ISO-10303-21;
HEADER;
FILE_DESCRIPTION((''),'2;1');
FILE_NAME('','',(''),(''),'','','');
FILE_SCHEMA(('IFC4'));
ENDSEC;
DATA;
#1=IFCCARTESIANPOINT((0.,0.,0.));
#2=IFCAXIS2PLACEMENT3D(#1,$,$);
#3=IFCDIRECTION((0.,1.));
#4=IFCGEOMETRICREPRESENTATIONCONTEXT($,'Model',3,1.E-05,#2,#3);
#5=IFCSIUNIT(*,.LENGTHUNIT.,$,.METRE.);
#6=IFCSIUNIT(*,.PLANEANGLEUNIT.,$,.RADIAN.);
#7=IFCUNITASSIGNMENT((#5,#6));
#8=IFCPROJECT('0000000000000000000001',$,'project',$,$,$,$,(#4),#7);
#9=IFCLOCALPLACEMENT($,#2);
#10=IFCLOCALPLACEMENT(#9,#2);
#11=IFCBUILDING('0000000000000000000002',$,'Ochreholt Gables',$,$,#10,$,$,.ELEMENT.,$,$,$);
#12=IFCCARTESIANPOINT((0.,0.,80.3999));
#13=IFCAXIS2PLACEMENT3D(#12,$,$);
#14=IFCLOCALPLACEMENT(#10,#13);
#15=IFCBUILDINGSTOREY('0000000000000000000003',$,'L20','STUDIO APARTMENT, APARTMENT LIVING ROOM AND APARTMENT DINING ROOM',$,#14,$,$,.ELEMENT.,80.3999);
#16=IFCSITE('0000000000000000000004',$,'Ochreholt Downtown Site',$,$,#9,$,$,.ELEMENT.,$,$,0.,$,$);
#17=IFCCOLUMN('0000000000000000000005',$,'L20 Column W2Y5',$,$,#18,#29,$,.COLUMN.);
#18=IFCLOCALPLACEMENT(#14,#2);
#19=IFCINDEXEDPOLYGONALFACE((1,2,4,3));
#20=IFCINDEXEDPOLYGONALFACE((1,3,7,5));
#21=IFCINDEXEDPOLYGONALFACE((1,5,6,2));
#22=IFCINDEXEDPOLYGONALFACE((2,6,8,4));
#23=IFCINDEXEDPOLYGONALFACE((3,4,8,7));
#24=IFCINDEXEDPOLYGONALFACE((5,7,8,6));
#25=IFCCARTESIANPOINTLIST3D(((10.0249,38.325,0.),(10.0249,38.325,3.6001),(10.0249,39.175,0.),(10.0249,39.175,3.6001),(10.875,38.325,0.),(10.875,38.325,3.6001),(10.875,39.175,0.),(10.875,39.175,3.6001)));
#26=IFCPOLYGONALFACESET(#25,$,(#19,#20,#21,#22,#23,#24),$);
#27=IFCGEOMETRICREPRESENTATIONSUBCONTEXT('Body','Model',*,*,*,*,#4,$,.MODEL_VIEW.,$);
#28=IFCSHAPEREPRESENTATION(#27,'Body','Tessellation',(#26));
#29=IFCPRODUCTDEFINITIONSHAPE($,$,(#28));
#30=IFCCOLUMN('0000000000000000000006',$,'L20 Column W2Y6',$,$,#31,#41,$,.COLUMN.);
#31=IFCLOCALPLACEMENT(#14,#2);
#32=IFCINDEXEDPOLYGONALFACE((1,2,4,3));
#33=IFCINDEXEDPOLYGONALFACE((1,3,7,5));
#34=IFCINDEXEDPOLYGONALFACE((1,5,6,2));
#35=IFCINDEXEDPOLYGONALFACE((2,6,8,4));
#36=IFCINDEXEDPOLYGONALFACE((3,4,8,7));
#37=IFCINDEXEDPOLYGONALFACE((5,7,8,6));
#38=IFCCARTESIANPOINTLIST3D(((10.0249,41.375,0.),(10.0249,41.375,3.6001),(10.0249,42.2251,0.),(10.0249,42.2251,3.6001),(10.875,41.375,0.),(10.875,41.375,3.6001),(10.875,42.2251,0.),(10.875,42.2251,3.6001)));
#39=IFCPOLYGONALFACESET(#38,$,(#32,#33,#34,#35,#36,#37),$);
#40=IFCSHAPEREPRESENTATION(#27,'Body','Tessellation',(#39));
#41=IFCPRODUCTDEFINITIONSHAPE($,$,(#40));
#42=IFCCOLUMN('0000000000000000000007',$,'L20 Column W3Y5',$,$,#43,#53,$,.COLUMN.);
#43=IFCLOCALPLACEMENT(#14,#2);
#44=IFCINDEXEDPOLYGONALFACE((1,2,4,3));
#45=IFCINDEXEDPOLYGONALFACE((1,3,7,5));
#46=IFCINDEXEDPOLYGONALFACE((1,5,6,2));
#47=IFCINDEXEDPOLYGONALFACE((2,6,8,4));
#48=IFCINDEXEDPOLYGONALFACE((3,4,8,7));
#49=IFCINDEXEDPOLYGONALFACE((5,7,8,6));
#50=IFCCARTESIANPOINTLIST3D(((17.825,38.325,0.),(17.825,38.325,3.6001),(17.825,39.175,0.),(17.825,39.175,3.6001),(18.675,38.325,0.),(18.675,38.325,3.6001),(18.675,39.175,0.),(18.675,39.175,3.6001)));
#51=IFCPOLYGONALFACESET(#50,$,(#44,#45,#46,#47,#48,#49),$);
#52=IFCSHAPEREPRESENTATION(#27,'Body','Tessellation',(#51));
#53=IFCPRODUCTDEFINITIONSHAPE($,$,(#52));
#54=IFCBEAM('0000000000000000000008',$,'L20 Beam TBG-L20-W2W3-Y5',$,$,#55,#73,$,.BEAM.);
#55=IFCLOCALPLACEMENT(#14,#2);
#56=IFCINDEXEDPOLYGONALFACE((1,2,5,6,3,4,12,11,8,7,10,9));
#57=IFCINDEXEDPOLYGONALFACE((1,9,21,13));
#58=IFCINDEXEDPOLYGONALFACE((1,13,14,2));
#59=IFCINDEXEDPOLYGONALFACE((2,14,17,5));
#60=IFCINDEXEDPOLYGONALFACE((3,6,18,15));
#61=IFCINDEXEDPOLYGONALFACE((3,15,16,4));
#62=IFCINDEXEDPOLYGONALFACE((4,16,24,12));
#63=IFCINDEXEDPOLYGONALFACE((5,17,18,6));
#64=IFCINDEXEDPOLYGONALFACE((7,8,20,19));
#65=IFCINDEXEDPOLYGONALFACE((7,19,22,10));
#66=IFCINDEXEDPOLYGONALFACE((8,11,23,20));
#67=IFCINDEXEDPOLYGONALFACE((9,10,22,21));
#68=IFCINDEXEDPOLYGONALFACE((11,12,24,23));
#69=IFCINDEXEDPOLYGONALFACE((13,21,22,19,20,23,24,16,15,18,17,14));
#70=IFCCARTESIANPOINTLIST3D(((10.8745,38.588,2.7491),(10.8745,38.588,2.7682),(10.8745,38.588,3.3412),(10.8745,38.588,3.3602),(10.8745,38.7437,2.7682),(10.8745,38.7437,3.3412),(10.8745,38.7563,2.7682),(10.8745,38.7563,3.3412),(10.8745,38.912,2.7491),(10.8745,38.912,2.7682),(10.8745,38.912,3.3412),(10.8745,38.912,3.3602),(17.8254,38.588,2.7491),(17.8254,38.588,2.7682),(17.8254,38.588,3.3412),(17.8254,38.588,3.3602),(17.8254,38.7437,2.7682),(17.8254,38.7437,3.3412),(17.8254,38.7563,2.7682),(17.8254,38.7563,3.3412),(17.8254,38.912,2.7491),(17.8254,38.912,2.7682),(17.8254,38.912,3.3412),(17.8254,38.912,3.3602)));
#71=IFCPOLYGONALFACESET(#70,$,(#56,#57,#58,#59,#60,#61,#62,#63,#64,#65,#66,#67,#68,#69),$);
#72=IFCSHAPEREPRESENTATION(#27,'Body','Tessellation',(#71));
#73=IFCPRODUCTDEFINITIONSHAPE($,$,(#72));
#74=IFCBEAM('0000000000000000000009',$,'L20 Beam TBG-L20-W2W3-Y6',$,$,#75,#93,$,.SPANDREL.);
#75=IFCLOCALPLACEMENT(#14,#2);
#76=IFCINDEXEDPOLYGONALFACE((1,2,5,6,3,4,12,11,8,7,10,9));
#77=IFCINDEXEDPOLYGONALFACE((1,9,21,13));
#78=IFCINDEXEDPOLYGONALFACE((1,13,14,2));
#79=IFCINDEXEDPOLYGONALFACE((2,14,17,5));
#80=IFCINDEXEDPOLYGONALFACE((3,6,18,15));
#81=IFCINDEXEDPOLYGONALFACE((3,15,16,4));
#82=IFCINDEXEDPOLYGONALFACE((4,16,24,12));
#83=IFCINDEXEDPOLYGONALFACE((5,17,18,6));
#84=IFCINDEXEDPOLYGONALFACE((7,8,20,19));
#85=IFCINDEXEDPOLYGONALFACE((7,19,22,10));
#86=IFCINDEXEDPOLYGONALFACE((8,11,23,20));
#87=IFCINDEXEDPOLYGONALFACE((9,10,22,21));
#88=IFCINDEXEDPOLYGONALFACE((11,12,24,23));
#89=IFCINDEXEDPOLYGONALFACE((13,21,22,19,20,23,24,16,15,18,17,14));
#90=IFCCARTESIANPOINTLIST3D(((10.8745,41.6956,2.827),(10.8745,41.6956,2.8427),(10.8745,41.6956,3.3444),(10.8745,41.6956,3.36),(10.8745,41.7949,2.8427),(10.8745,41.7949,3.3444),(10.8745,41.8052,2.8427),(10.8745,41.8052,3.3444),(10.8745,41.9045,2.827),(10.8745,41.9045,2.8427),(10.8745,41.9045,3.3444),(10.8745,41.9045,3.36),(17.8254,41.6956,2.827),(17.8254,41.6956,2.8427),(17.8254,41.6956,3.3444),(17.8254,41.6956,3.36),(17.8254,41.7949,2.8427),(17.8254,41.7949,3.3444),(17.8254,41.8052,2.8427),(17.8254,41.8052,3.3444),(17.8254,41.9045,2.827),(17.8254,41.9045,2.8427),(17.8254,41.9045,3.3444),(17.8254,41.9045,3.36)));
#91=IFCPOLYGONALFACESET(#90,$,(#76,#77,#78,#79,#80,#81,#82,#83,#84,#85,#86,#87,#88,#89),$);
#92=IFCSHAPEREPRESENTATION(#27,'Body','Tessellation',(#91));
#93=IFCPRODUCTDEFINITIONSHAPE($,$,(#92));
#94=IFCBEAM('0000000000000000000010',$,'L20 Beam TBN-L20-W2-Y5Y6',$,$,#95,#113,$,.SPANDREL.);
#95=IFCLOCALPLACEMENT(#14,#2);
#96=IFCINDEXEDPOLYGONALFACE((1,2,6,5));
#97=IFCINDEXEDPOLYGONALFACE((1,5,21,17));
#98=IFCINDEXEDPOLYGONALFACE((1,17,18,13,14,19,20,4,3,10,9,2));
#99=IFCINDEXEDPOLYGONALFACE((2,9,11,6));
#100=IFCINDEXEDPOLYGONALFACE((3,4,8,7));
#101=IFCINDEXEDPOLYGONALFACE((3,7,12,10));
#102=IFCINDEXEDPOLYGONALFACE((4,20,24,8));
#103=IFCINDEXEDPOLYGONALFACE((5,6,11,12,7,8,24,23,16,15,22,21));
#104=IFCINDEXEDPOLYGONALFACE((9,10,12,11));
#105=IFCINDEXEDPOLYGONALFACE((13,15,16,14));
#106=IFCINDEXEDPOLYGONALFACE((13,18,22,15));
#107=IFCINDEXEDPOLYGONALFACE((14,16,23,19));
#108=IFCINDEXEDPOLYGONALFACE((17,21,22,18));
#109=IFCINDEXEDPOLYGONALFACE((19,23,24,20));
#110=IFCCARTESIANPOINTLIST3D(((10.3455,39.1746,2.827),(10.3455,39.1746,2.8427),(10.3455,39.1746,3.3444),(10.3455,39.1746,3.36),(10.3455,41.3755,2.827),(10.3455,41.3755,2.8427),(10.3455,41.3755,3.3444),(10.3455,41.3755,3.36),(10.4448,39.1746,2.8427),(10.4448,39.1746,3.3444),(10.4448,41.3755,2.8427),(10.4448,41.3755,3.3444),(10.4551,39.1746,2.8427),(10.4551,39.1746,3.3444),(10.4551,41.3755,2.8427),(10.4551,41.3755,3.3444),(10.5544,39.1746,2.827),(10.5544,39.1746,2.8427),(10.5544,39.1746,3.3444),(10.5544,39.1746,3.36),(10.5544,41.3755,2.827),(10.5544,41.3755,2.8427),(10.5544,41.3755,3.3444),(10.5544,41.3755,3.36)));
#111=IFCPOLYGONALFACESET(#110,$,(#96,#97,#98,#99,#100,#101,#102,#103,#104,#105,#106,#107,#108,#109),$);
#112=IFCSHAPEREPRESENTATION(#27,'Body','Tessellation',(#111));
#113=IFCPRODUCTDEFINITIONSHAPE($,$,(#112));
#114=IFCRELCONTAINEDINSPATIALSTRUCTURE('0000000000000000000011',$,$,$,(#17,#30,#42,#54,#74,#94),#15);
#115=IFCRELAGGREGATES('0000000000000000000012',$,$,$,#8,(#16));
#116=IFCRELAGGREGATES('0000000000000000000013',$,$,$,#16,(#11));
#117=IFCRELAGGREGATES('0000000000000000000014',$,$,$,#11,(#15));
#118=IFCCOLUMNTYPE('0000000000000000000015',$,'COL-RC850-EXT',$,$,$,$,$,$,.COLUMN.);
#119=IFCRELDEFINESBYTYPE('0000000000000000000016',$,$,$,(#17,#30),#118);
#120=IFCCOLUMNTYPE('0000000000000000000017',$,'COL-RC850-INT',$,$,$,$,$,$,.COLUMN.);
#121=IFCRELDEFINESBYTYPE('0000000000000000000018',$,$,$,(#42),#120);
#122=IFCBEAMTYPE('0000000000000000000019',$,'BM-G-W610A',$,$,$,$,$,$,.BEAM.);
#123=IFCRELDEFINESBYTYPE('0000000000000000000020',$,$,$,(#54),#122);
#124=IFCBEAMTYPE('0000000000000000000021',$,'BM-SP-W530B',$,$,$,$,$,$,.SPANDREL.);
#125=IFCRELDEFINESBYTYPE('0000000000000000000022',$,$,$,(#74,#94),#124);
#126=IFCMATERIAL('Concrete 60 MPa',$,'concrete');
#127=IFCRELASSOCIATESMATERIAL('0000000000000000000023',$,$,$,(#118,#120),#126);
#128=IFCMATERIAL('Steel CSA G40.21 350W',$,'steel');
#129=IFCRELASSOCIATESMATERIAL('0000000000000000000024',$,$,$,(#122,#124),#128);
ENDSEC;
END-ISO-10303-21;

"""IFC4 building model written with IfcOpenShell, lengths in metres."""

from ifc_helpers import new_model, si_unit, direction, frame, origin, origin_2d, place, context, subcontext, project, spatial, rectangle, i_section, extrude, material, material_profile, profile_set, type_object, element, save


model = new_model("IFC4")

# Units and contexts
model_context = context("Model", 3, precision=1e-05, world=origin(), true_north=direction((0.0, 1.0)))
body_context = subcontext(model_context, "Body", "Model", "MODEL_VIEW")
ifc_project = project(units=[si_unit("LENGTHUNIT", "METRE"), si_unit("PLANEANGLEUNIT", "RADIAN")], contexts=[model_context])

# Site, building, storey
site_placement = place(None, origin())
site = spatial("IfcSite", under=ifc_project, at=site_placement, Name="Ochreholt Downtown Site", CompositionType="ELEMENT", RefElevation=0.0)
building_placement = place(site_placement, origin())
building = spatial("IfcBuilding", under=site, at=building_placement, Name="Ochreholt Gables", CompositionType="ELEMENT")
storey_placement = place(building_placement, frame((0.0, 0.0, 80.3999)))
storey = spatial("IfcBuildingStorey", under=building, at=storey_placement, Name="L20", Description="STUDIO APARTMENT, APARTMENT LIVING ROOM AND APARTMENT DINING ROOM", CompositionType="ELEMENT", Elevation=80.3999)

# Columns
ifc_material_1 = material(Name="Concrete 60 MPa", Category="concrete")
ifc_material_profile_1 = material_profile(ifc_material_1, rectangle(XDim=0.8501, YDim=0.8501, at=origin_2d()), Name="RC850X850")
ifc_profile_set_1 = profile_set([ifc_material_profile_1], Name="Concrete 60 MPa")
column_type_1 = type_object("IfcColumnType", Name="COL-RC850-EXT", PredefinedType="COLUMN", material=ifc_profile_set_1)
for number, where, z_axis, x_axis, name in (
    (1, (10.45, 38.75, 0.0), (0.0, 0.0, 1.0), (1.0, 0.0, 0.0), "L20 Column W2Y5"),
    (2, (10.45, 41.8, 0.0), (0.0, 0.0, 1.0), (1.0, 0.0, 0.0), "L20 Column W2Y6"),
):
    element("IfcColumn", number, at=place(storey_placement, frame(where, z_axis=z_axis, x_axis=x_axis)), inside=storey, type_object=column_type_1, Name=name, PredefinedType="COLUMN", context=body_context, shape_type="SweptSolid", body=[
        extrude(rectangle(XDim=0.8501, YDim=0.8501, at=origin_2d()), origin(), (0.0, 0.0, 1.0), 3.6001),
    ])
ifc_material_profile_2 = material_profile(ifc_material_1, rectangle(XDim=0.8501, YDim=0.8501, at=origin_2d()), Name="RC850X850")
ifc_profile_set_2 = profile_set([ifc_material_profile_2], Name="Concrete 60 MPa")
column_type_2 = type_object("IfcColumnType", Name="COL-RC850-INT", PredefinedType="COLUMN", material=ifc_profile_set_2)
column_placement = place(storey_placement, frame((18.25, 38.75, 0.0), z_axis=(0.0, 0.0, 1.0), x_axis=(1.0, 0.0, 0.0)))
element("IfcColumn", 3, at=column_placement, inside=storey, type_object=column_type_2, Name="L20 Column W3Y5", PredefinedType="COLUMN", context=body_context, shape_type="SweptSolid", body=[
    extrude(rectangle(XDim=0.8501, YDim=0.8501, at=origin_2d()), origin(), (0.0, 0.0, 1.0), 3.6001),
])

# Beams
ifc_material_2 = material(Name="Steel CSA G40.21 350W", Category="steel")
ifc_material_profile_3 = material_profile(ifc_material_2, i_section(OverallWidth=0.324, OverallDepth=0.6111, WebThickness=0.0127, FlangeThickness=0.019, at=origin_2d()), Name="W610X155")
ifc_profile_set_3 = profile_set([ifc_material_profile_3], Name="Steel CSA G40.21 350W")
beam_type_1 = type_object("IfcBeamType", Name="BM-G-W610A", PredefinedType="BEAM", material=ifc_profile_set_3)
beam_1_placement = place(storey_placement, frame((10.8745, 38.75, 3.0547), z_axis=(1.0, 0.0, 0.0), x_axis=(0.0, 1.0, 0.0)))
element("IfcBeam", 4, at=beam_1_placement, inside=storey, type_object=beam_type_1, Name="L20 Beam TBG-L20-W2W3-Y5", PredefinedType="BEAM", context=body_context, shape_type="SweptSolid", body=[
    extrude(i_section(OverallWidth=0.324, OverallDepth=0.6111, WebThickness=0.0127, FlangeThickness=0.019, at=origin_2d()), origin(), (0.0, 0.0, 1.0), 6.9509),
])
ifc_material_profile_4 = material_profile(ifc_material_2, i_section(OverallWidth=0.209, OverallDepth=0.533, WebThickness=0.0103, FlangeThickness=0.0156, at=origin_2d()), Name="W530X92")
ifc_profile_set_4 = profile_set([ifc_material_profile_4], Name="Steel CSA G40.21 350W")
beam_type_2 = type_object("IfcBeamType", Name="BM-SP-W530B", PredefinedType="SPANDREL", material=ifc_profile_set_4)
beam_2_placement = place(storey_placement, frame((10.8745, 41.8, 3.0935), z_axis=(1.0, 0.0, 0.0), x_axis=(0.0, 1.0, 0.0)))
element("IfcBeam", 5, at=beam_2_placement, inside=storey, type_object=beam_type_2, Name="L20 Beam TBG-L20-W2W3-Y6", PredefinedType="SPANDREL", context=body_context, shape_type="SweptSolid", body=[
    extrude(i_section(OverallWidth=0.209, OverallDepth=0.533, WebThickness=0.0103, FlangeThickness=0.0156, at=origin_2d()), origin(), (0.0, 0.0, 1.0), 6.9509),
])
beam_3_placement = place(storey_placement, frame((10.45, 39.1746, 3.0935), z_axis=(0.0, 1.0, 0.0), x_axis=(-1.0, 0.0, 0.0)))
element("IfcBeam", 6, at=beam_3_placement, inside=storey, type_object=beam_type_2, Name="L20 Beam TBN-L20-W2-Y5Y6", PredefinedType="SPANDREL", context=body_context, shape_type="SweptSolid", body=[
    extrude(i_section(OverallWidth=0.209, OverallDepth=0.533, WebThickness=0.0103, FlangeThickness=0.0156, at=origin_2d()), origin(), (0.0, 0.0, 1.0), 2.2009),
])

save(model, "model.ifc")
